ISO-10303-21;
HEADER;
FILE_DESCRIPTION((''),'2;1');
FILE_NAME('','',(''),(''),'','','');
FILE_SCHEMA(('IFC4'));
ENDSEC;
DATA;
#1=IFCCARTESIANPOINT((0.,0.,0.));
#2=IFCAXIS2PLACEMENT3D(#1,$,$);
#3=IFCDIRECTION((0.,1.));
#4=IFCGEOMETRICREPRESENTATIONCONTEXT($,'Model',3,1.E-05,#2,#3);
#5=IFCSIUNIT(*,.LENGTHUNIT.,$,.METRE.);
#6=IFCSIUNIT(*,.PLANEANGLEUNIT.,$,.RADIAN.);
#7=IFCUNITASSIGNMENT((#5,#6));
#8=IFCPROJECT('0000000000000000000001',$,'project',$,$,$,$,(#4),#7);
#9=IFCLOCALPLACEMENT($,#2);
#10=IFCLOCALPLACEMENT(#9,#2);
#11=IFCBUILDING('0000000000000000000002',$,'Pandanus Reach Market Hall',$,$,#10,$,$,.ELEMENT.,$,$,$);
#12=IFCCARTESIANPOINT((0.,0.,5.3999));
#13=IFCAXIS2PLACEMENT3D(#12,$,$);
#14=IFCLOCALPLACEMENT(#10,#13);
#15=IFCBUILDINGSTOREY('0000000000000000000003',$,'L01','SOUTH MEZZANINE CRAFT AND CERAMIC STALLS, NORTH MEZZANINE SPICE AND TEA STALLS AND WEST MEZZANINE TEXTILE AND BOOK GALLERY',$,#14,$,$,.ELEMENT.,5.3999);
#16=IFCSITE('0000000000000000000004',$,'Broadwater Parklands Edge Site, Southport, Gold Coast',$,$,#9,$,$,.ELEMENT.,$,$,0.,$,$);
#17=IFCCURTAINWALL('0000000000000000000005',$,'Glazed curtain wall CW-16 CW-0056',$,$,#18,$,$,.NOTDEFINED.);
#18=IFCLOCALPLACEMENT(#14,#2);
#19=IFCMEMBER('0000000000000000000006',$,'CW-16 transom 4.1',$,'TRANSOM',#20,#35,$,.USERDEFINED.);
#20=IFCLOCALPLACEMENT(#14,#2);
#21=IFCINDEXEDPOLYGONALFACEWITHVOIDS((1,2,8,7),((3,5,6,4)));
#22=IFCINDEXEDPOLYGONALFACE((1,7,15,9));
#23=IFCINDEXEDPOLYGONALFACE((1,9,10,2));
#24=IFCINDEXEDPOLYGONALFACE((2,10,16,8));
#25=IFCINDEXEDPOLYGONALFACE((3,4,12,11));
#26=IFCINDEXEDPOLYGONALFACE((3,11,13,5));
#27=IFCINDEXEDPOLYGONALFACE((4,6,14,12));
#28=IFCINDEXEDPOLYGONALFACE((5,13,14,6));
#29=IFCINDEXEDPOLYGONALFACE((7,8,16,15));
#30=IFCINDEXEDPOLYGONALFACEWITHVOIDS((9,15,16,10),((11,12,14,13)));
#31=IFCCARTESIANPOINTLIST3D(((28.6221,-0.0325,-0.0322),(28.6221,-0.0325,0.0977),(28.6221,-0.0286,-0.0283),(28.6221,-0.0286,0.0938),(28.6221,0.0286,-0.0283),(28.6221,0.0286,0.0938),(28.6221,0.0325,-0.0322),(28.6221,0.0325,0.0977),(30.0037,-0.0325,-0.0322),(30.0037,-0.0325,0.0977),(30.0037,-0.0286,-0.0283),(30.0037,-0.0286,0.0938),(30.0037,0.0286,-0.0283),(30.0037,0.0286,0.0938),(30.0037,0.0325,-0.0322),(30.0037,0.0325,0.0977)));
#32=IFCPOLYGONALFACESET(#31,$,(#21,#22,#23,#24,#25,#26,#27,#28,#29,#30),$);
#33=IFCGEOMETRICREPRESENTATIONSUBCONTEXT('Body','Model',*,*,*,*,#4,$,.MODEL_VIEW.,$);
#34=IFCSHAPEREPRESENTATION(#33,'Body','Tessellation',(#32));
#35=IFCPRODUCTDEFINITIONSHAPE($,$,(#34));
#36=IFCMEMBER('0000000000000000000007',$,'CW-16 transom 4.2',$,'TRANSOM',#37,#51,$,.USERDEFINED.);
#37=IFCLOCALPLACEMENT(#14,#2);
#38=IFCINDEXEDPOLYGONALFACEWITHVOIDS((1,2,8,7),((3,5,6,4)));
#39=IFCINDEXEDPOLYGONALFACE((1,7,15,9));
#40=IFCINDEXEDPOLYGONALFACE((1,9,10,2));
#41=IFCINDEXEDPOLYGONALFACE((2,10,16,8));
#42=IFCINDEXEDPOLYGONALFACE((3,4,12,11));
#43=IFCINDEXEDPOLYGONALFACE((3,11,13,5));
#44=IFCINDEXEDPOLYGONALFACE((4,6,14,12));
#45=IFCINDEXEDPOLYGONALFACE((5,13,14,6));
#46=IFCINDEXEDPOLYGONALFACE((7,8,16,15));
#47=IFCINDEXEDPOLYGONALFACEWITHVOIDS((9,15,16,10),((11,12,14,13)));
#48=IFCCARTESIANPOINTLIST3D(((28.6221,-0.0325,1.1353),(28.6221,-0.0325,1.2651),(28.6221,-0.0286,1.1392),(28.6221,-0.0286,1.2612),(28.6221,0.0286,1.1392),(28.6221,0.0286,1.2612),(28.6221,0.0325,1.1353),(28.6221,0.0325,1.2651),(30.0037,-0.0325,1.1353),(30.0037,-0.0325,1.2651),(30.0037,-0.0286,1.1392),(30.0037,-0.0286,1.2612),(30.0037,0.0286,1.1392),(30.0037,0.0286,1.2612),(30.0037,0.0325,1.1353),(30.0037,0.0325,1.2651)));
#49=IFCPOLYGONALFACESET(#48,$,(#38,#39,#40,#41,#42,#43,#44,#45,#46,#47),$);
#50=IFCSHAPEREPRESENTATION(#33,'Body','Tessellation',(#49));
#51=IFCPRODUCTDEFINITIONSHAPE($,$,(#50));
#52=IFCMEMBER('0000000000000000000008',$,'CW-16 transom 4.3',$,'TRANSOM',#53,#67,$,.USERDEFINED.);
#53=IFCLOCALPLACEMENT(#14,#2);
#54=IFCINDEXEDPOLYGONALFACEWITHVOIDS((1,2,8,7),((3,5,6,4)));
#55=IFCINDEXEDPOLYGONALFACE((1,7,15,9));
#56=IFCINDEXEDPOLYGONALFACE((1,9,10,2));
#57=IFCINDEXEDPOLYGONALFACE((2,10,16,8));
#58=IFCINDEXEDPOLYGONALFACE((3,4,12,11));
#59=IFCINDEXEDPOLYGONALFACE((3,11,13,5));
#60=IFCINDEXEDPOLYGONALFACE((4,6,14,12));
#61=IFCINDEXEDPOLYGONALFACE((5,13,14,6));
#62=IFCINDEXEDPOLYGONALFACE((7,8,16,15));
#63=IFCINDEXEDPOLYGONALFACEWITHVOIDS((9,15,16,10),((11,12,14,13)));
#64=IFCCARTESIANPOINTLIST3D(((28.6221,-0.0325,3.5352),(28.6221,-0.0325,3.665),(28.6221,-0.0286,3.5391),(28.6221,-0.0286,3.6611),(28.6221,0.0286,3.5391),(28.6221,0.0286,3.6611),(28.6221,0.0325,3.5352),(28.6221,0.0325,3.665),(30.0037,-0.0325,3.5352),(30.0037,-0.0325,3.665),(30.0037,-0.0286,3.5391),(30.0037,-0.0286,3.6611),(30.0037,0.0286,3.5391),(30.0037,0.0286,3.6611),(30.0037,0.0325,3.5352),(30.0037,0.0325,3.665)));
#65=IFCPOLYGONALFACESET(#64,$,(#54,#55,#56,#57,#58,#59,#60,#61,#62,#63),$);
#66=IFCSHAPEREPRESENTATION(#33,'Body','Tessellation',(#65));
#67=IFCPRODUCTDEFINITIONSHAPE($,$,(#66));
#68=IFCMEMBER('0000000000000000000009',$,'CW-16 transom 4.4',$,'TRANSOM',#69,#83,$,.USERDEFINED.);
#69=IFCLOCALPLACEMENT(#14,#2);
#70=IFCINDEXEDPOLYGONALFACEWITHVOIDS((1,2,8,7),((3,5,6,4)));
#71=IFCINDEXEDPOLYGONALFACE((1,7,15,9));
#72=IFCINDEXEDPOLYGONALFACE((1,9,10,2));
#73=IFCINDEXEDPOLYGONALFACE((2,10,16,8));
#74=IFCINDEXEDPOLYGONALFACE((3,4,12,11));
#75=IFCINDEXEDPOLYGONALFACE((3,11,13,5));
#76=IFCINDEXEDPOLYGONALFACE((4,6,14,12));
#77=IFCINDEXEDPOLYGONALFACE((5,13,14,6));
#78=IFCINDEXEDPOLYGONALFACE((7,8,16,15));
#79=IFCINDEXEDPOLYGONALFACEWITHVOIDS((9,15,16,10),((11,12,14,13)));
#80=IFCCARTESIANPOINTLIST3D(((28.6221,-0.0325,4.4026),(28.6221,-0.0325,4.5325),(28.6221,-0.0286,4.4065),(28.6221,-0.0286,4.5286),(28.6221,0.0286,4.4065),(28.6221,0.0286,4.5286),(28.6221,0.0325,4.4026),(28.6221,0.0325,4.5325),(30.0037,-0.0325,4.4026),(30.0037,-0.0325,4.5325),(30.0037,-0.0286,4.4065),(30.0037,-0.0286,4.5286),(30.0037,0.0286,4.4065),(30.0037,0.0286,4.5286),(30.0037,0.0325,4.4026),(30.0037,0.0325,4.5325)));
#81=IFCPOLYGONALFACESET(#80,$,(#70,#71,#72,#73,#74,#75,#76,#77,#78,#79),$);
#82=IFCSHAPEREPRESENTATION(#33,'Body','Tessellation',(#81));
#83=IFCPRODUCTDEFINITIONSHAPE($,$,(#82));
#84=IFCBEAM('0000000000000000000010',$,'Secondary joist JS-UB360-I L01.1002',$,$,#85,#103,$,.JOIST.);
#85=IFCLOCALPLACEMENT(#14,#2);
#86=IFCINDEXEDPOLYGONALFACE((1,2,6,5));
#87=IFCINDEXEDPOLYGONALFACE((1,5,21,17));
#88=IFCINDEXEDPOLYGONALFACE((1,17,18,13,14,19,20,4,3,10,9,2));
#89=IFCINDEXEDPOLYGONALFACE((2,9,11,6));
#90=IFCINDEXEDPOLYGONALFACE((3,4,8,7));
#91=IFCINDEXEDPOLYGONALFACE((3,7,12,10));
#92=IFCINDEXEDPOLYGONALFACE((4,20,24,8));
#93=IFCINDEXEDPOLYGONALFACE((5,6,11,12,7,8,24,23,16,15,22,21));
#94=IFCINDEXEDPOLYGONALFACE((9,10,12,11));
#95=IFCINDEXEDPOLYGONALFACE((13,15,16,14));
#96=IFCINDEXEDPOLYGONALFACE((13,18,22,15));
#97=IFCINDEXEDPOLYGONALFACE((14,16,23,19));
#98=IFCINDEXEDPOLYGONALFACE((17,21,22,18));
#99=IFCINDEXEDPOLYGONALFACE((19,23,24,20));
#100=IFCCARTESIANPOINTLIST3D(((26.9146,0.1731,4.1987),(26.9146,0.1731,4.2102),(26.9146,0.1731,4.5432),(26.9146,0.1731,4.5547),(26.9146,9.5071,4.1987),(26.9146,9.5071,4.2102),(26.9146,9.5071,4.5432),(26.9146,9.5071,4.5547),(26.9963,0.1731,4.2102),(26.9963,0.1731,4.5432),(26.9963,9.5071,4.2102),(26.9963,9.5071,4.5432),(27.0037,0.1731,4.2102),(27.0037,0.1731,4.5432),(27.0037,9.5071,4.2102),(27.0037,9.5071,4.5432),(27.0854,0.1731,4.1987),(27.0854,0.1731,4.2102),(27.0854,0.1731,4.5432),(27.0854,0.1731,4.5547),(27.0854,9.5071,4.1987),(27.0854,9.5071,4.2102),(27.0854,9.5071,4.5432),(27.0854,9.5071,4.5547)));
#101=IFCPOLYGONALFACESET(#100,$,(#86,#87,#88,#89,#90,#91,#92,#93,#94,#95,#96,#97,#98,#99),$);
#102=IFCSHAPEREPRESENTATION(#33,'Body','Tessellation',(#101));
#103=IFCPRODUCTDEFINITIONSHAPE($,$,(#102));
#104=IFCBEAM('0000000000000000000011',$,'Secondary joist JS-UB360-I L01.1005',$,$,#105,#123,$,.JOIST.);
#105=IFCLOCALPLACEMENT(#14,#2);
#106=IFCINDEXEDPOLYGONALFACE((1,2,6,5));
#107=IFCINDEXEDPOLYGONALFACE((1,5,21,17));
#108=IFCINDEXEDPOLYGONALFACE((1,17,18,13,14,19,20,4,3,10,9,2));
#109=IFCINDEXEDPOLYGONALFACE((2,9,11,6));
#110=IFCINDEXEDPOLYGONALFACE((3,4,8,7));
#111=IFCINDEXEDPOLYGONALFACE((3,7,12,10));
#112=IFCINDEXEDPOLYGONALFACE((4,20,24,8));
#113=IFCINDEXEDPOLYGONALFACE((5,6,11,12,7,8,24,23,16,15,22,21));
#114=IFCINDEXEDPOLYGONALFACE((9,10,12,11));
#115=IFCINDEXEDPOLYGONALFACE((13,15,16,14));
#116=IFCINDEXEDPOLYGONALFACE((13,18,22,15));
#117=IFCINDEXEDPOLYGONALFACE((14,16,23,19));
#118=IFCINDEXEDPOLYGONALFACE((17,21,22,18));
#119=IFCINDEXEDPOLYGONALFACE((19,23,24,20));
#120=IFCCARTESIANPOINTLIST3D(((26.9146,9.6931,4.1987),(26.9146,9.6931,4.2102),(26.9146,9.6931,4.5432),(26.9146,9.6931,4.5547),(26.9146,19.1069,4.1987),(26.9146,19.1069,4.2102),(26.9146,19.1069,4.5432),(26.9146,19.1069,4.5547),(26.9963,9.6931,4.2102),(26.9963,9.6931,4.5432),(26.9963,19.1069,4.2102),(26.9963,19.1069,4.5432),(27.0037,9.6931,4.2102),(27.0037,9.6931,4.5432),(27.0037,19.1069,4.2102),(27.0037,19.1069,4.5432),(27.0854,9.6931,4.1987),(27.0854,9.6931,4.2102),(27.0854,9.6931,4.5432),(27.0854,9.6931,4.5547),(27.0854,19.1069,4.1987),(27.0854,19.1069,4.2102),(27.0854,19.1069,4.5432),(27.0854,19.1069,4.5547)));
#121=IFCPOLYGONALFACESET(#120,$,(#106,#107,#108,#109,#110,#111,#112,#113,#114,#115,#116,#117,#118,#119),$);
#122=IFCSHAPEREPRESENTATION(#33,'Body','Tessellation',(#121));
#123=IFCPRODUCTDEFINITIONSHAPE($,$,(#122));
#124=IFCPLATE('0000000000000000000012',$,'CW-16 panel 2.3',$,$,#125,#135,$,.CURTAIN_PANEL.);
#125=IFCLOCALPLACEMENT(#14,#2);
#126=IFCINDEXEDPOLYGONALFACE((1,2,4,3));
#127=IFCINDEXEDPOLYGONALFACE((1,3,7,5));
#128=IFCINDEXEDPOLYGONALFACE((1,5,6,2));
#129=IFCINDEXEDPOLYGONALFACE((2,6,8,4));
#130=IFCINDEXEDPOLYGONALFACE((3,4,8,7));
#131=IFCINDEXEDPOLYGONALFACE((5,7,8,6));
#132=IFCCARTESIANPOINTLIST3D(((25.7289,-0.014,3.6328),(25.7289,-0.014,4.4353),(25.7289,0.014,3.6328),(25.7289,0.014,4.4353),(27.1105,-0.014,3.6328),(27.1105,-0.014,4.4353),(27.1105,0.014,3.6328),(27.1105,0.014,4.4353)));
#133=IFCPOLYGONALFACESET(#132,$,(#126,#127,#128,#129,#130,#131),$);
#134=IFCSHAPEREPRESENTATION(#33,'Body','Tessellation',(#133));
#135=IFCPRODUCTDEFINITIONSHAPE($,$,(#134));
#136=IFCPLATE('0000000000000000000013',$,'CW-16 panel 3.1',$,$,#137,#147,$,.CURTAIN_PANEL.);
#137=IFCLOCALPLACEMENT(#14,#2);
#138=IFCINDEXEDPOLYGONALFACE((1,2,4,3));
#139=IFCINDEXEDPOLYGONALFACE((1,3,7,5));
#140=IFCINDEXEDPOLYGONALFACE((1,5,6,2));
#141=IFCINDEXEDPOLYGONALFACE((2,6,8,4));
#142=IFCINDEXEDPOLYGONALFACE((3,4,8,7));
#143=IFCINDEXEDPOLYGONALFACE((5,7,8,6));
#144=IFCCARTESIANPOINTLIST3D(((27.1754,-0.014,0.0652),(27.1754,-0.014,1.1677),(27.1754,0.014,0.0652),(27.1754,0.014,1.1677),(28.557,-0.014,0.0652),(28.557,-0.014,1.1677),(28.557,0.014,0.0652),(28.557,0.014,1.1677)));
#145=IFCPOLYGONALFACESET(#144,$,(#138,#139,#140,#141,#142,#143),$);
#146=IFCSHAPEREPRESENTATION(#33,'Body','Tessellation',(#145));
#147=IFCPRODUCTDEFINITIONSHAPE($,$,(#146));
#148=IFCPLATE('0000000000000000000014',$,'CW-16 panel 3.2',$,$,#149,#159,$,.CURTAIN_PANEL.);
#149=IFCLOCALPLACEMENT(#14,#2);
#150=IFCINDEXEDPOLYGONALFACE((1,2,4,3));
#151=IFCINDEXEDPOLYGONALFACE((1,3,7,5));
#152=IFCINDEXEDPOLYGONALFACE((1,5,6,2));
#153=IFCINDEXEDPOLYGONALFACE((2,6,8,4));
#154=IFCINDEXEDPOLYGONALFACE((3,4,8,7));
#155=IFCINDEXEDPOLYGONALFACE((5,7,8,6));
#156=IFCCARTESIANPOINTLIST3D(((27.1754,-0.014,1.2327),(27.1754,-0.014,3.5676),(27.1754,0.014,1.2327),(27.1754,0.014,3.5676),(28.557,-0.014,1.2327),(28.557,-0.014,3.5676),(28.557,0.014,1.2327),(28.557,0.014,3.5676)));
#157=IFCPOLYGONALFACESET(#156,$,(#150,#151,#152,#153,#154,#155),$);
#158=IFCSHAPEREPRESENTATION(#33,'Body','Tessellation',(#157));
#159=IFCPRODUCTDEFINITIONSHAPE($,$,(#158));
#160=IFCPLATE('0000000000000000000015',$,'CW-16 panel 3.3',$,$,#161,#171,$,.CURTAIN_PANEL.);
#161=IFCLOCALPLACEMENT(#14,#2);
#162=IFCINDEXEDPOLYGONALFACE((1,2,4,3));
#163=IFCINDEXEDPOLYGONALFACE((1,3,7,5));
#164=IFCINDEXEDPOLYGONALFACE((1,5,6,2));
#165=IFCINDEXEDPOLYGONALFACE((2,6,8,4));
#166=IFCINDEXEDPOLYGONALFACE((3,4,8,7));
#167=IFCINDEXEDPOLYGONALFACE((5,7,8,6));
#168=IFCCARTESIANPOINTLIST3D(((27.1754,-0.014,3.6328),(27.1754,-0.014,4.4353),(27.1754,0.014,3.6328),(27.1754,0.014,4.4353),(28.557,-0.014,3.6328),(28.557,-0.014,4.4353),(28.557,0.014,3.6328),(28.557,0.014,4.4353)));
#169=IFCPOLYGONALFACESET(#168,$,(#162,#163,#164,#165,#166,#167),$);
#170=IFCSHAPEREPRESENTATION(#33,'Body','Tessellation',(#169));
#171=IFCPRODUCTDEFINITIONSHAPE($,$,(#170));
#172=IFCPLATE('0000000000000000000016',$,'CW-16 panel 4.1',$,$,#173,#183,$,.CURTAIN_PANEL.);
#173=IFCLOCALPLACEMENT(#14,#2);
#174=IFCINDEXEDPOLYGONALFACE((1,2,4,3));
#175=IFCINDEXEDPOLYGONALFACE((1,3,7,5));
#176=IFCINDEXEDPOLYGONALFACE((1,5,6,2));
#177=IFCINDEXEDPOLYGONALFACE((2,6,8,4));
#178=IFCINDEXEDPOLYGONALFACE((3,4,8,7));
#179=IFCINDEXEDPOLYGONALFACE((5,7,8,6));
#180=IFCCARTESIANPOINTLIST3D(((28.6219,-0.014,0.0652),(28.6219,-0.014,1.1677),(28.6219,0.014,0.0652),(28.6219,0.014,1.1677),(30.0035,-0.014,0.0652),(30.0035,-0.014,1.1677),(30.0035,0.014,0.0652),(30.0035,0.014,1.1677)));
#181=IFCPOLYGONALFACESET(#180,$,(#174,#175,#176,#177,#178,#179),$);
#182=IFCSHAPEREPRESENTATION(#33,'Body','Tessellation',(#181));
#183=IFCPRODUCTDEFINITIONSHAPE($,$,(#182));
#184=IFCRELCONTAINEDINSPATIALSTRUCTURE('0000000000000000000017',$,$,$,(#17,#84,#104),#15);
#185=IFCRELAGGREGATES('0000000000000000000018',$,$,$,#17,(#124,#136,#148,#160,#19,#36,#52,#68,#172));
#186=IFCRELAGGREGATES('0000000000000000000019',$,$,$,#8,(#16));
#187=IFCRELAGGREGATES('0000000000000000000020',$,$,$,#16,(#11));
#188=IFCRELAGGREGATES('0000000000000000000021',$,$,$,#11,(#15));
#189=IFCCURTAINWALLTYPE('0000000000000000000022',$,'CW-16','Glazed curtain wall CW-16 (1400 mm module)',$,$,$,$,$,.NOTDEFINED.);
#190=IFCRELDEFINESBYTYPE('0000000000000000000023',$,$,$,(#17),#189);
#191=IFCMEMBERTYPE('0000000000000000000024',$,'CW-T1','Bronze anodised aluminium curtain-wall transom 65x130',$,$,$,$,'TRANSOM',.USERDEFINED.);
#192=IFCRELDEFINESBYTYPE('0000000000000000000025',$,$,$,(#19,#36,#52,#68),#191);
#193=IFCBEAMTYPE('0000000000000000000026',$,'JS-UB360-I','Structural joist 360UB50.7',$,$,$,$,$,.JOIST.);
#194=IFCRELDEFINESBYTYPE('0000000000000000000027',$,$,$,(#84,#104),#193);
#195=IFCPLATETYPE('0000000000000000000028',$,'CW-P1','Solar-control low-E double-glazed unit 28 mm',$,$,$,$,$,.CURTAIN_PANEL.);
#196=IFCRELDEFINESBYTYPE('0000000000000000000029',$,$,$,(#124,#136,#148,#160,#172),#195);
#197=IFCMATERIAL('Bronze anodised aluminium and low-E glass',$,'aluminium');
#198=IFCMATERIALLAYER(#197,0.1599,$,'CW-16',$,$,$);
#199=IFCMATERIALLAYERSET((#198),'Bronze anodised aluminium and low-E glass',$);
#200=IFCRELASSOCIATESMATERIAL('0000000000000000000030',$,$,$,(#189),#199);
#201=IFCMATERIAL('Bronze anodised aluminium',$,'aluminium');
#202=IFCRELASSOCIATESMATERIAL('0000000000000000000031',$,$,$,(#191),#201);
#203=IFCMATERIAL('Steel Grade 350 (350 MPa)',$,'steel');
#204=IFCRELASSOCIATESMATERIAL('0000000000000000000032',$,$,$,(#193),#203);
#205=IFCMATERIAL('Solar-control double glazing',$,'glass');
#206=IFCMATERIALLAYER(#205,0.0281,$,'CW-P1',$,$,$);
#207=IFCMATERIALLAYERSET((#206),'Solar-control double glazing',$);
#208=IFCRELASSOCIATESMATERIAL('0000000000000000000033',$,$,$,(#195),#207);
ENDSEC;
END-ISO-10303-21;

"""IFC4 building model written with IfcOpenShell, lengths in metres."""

from ifc_helpers import new_model, si_unit, direction, frame, origin, origin_2d, place, context, subcontext, project, spatial, rectangle, hollow_rectangle, i_section, extrude, material, layer, layer_set, material_profile, profile_set, type_object, element, aggregate, save


model = new_model("IFC4")

# Units and contexts
model_context = context("Model", 3, precision=1e-05, world=origin(), true_north=direction((0.0, 1.0)))
body_context = subcontext(model_context, "Body", "Model", "MODEL_VIEW")
ifc_project = project(units=[si_unit("LENGTHUNIT", "METRE"), si_unit("PLANEANGLEUNIT", "RADIAN")], contexts=[model_context])

# Site, building, storey
site_placement = place(None, origin())
site = spatial("IfcSite", under=ifc_project, at=site_placement, Name="Broadwater Parklands Edge Site, Southport, Gold Coast", CompositionType="ELEMENT", RefElevation=0.0)
building_placement = place(site_placement, origin())
building = spatial("IfcBuilding", under=site, at=building_placement, Name="Pandanus Reach Market Hall", CompositionType="ELEMENT")
storey_placement = place(building_placement, frame((0.0, 0.0, 5.3999)))
storey = spatial("IfcBuildingStorey", under=building, at=storey_placement, Name="L01", Description="SOUTH MEZZANINE CRAFT AND CERAMIC STALLS, NORTH MEZZANINE SPICE AND TEA STALLS AND WEST MEZZANINE TEXTILE AND BOOK GALLERY", CompositionType="ELEMENT", Elevation=5.3999)

# Shared definitions
ifc_material_1 = material(Name="Steel Grade 350 (350 MPa)", Category="steel")

# Curtain wall, members
ifc_material_2 = material(Name="Bronze anodised aluminium and low-E glass", Category="aluminium")
ifc_layer_1 = layer(ifc_material_2, 0.1599, Name="CW-16")
ifc_layer_set_1 = layer_set([ifc_layer_1], Name="Bronze anodised aluminium and low-E glass")
curtain_wall_type = type_object("IfcCurtainWallType", Name="CW-16", Description="Glazed curtain wall CW-16 (1400 mm module)", PredefinedType="NOTDEFINED", material=ifc_layer_set_1)
curtain_wall_placement = place(storey_placement, origin())
curtain_wall = element("IfcCurtainWall", 1, at=curtain_wall_placement, inside=storey, type_object=curtain_wall_type, Name="Glazed curtain wall CW-16 CW-0056", PredefinedType="NOTDEFINED")
ifc_material_3 = material(Name="Bronze anodised aluminium", Category="aluminium")
ifc_material_profile_1 = material_profile(ifc_material_3, hollow_rectangle(XDim=0.0649, YDim=0.1299, WallThickness=0.0039, at=origin_2d()), Name="ALU65x130", Category="LoadBearing")
ifc_profile_set_1 = profile_set([ifc_material_profile_1], Name="Bronze anodised aluminium")
member_type_1 = type_object("IfcMemberType", Name="CW-T1", Description="Bronze anodised aluminium curtain-wall transom 65x130", ElementType="TRANSOM", PredefinedType="USERDEFINED", material=ifc_profile_set_1)
member_1_placement = place(storey_placement, frame((28.6221, 0.0, 0.0327), z_axis=(1.0, 0.0, 0.0), x_axis=(0.0, 1.0, 0.0)))
member_1 = element("IfcMember", 2, at=member_1_placement, type_object=member_type_1, Name="CW-16 transom 4.1", ObjectType="TRANSOM", PredefinedType="USERDEFINED", context=body_context, shape_type="SweptSolid", body=[
    extrude(hollow_rectangle(XDim=0.0649, YDim=0.1299, WallThickness=0.0039, at=origin_2d()), origin(), (0.0, 0.0, 1.0), 1.3816),
])
member_2_placement = place(storey_placement, frame((28.6221, 0.0, 1.2002), z_axis=(1.0, 0.0, 0.0), x_axis=(0.0, 1.0, 0.0)))
member_2 = element("IfcMember", 3, at=member_2_placement, type_object=member_type_1, Name="CW-16 transom 4.2", ObjectType="TRANSOM", PredefinedType="USERDEFINED", context=body_context, shape_type="SweptSolid", body=[
    extrude(hollow_rectangle(XDim=0.0649, YDim=0.1299, WallThickness=0.0039, at=origin_2d()), origin(), (0.0, 0.0, 1.0), 1.3816),
])
member_3_placement = place(storey_placement, frame((28.6221, 0.0, 3.6001), z_axis=(1.0, 0.0, 0.0), x_axis=(0.0, 1.0, 0.0)))
member_3 = element("IfcMember", 4, at=member_3_placement, type_object=member_type_1, Name="CW-16 transom 4.3", ObjectType="TRANSOM", PredefinedType="USERDEFINED", context=body_context, shape_type="SweptSolid", body=[
    extrude(hollow_rectangle(XDim=0.0649, YDim=0.1299, WallThickness=0.0039, at=origin_2d()), origin(), (0.0, 0.0, 1.0), 1.3816),
])
member_4_placement = place(storey_placement, frame((28.6221, 0.0, 4.4675), z_axis=(1.0, 0.0, 0.0), x_axis=(0.0, 1.0, 0.0)))
member_4 = element("IfcMember", 5, at=member_4_placement, type_object=member_type_1, Name="CW-16 transom 4.4", ObjectType="TRANSOM", PredefinedType="USERDEFINED", context=body_context, shape_type="SweptSolid", body=[
    extrude(hollow_rectangle(XDim=0.0649, YDim=0.1299, WallThickness=0.0039, at=origin_2d()), origin(), (0.0, 0.0, 1.0), 1.3816),
])

# Beams
ifc_material_profile_2 = material_profile(ifc_material_1, i_section(OverallWidth=0.1709, OverallDepth=0.356, WebThickness=0.0073, FlangeThickness=0.0115, at=origin_2d()), Name="360UB50.7", Category="LoadBearing")
ifc_profile_set_2 = profile_set([ifc_material_profile_2], Name="Steel Grade 350 (350 MPa)")
beam_type_1 = type_object("IfcBeamType", Name="JS-UB360-I", Description="Structural joist 360UB50.7", PredefinedType="JOIST", material=ifc_profile_set_2)
beam_1_placement = place(storey_placement, frame((27.0, 0.1731, 4.3767), z_axis=(0.0, 1.0, 0.0), x_axis=(-1.0, 0.0, 0.0)))
element("IfcBeam", 6, at=beam_1_placement, inside=storey, type_object=beam_type_1, Name="Secondary joist JS-UB360-I L01.1002", PredefinedType="JOIST", context=body_context, shape_type="SweptSolid", body=[
    extrude(i_section(OverallWidth=0.1709, OverallDepth=0.356, WebThickness=0.0073, FlangeThickness=0.0115, at=origin_2d()), origin(), (0.0, 0.0, 1.0), 9.334),
])
beam_2_placement = place(storey_placement, frame((27.0, 9.6931, 4.3767), z_axis=(0.0, 1.0, 0.0), x_axis=(-1.0, 0.0, 0.0)))
element("IfcBeam", 7, at=beam_2_placement, inside=storey, type_object=beam_type_1, Name="Secondary joist JS-UB360-I L01.1005", PredefinedType="JOIST", context=body_context, shape_type="SweptSolid", body=[
    extrude(i_section(OverallWidth=0.1709, OverallDepth=0.356, WebThickness=0.0073, FlangeThickness=0.0115, at=origin_2d()), origin(), (0.0, 0.0, 1.0), 9.4138),
])

# Plates
ifc_material_4 = material(Name="Solar-control double glazing", Category="glass")
ifc_layer_2 = layer(ifc_material_4, 0.0281, Name="CW-P1")
ifc_layer_set_2 = layer_set([ifc_layer_2], Name="Solar-control double glazing")
plate_type = type_object("IfcPlateType", Name="CW-P1", Description="Solar-control low-E double-glazed unit 28 mm", PredefinedType="CURTAIN_PANEL", material=ifc_layer_set_2)
plate_1_placement = place(storey_placement, frame((26.4197, 0.0, 3.6328), z_axis=(0.0, 0.0, 1.0), x_axis=(1.0, 0.0, 0.0)))
plate_1 = element("IfcPlate", 8, at=plate_1_placement, type_object=plate_type, Name="CW-16 panel 2.3", PredefinedType="CURTAIN_PANEL", context=body_context, shape_type="SweptSolid", body=[
    extrude(rectangle(XDim=1.3816, YDim=0.0281, at=origin_2d()), origin(), (0.0, 0.0, 1.0), 0.8025),
])
plate_2_placement = place(storey_placement, frame((27.8662, 0.0, 0.0652), z_axis=(0.0, 0.0, 1.0), x_axis=(1.0, 0.0, 0.0)))
plate_2 = element("IfcPlate", 9, at=plate_2_placement, type_object=plate_type, Name="CW-16 panel 3.1", PredefinedType="CURTAIN_PANEL", context=body_context, shape_type="SweptSolid", body=[
    extrude(rectangle(XDim=1.3816, YDim=0.0281, at=origin_2d()), origin(), (0.0, 0.0, 1.0), 1.1025),
])
plate_3_placement = place(storey_placement, frame((27.8662, 0.0, 1.2327), z_axis=(0.0, 0.0, 1.0), x_axis=(1.0, 0.0, 0.0)))
plate_3 = element("IfcPlate", 10, at=plate_3_placement, type_object=plate_type, Name="CW-16 panel 3.2", PredefinedType="CURTAIN_PANEL", context=body_context, shape_type="SweptSolid", body=[
    extrude(rectangle(XDim=1.3816, YDim=0.0281, at=origin_2d()), origin(), (0.0, 0.0, 1.0), 2.335),
])
plate_4_placement = place(storey_placement, frame((27.8662, 0.0, 3.6328), z_axis=(0.0, 0.0, 1.0), x_axis=(1.0, 0.0, 0.0)))
plate_4 = element("IfcPlate", 11, at=plate_4_placement, type_object=plate_type, Name="CW-16 panel 3.3", PredefinedType="CURTAIN_PANEL", context=body_context, shape_type="SweptSolid", body=[
    extrude(rectangle(XDim=1.3816, YDim=0.0281, at=origin_2d()), origin(), (0.0, 0.0, 1.0), 0.8025),
])
plate_5_placement = place(storey_placement, frame((29.3127, 0.0, 0.0652), z_axis=(0.0, 0.0, 1.0), x_axis=(1.0, 0.0, 0.0)))
plate_5 = element("IfcPlate", 12, at=plate_5_placement, type_object=plate_type, Name="CW-16 panel 4.1", PredefinedType="CURTAIN_PANEL", context=body_context, shape_type="SweptSolid", body=[
    extrude(rectangle(XDim=1.3816, YDim=0.0281, at=origin_2d()), origin(), (0.0, 0.0, 1.0), 1.1025),
])
aggregate(curtain_wall, [plate_1, plate_2, plate_3, plate_4, member_1, member_2, member_3, member_4, plate_5])

save(model, "model.ifc")
